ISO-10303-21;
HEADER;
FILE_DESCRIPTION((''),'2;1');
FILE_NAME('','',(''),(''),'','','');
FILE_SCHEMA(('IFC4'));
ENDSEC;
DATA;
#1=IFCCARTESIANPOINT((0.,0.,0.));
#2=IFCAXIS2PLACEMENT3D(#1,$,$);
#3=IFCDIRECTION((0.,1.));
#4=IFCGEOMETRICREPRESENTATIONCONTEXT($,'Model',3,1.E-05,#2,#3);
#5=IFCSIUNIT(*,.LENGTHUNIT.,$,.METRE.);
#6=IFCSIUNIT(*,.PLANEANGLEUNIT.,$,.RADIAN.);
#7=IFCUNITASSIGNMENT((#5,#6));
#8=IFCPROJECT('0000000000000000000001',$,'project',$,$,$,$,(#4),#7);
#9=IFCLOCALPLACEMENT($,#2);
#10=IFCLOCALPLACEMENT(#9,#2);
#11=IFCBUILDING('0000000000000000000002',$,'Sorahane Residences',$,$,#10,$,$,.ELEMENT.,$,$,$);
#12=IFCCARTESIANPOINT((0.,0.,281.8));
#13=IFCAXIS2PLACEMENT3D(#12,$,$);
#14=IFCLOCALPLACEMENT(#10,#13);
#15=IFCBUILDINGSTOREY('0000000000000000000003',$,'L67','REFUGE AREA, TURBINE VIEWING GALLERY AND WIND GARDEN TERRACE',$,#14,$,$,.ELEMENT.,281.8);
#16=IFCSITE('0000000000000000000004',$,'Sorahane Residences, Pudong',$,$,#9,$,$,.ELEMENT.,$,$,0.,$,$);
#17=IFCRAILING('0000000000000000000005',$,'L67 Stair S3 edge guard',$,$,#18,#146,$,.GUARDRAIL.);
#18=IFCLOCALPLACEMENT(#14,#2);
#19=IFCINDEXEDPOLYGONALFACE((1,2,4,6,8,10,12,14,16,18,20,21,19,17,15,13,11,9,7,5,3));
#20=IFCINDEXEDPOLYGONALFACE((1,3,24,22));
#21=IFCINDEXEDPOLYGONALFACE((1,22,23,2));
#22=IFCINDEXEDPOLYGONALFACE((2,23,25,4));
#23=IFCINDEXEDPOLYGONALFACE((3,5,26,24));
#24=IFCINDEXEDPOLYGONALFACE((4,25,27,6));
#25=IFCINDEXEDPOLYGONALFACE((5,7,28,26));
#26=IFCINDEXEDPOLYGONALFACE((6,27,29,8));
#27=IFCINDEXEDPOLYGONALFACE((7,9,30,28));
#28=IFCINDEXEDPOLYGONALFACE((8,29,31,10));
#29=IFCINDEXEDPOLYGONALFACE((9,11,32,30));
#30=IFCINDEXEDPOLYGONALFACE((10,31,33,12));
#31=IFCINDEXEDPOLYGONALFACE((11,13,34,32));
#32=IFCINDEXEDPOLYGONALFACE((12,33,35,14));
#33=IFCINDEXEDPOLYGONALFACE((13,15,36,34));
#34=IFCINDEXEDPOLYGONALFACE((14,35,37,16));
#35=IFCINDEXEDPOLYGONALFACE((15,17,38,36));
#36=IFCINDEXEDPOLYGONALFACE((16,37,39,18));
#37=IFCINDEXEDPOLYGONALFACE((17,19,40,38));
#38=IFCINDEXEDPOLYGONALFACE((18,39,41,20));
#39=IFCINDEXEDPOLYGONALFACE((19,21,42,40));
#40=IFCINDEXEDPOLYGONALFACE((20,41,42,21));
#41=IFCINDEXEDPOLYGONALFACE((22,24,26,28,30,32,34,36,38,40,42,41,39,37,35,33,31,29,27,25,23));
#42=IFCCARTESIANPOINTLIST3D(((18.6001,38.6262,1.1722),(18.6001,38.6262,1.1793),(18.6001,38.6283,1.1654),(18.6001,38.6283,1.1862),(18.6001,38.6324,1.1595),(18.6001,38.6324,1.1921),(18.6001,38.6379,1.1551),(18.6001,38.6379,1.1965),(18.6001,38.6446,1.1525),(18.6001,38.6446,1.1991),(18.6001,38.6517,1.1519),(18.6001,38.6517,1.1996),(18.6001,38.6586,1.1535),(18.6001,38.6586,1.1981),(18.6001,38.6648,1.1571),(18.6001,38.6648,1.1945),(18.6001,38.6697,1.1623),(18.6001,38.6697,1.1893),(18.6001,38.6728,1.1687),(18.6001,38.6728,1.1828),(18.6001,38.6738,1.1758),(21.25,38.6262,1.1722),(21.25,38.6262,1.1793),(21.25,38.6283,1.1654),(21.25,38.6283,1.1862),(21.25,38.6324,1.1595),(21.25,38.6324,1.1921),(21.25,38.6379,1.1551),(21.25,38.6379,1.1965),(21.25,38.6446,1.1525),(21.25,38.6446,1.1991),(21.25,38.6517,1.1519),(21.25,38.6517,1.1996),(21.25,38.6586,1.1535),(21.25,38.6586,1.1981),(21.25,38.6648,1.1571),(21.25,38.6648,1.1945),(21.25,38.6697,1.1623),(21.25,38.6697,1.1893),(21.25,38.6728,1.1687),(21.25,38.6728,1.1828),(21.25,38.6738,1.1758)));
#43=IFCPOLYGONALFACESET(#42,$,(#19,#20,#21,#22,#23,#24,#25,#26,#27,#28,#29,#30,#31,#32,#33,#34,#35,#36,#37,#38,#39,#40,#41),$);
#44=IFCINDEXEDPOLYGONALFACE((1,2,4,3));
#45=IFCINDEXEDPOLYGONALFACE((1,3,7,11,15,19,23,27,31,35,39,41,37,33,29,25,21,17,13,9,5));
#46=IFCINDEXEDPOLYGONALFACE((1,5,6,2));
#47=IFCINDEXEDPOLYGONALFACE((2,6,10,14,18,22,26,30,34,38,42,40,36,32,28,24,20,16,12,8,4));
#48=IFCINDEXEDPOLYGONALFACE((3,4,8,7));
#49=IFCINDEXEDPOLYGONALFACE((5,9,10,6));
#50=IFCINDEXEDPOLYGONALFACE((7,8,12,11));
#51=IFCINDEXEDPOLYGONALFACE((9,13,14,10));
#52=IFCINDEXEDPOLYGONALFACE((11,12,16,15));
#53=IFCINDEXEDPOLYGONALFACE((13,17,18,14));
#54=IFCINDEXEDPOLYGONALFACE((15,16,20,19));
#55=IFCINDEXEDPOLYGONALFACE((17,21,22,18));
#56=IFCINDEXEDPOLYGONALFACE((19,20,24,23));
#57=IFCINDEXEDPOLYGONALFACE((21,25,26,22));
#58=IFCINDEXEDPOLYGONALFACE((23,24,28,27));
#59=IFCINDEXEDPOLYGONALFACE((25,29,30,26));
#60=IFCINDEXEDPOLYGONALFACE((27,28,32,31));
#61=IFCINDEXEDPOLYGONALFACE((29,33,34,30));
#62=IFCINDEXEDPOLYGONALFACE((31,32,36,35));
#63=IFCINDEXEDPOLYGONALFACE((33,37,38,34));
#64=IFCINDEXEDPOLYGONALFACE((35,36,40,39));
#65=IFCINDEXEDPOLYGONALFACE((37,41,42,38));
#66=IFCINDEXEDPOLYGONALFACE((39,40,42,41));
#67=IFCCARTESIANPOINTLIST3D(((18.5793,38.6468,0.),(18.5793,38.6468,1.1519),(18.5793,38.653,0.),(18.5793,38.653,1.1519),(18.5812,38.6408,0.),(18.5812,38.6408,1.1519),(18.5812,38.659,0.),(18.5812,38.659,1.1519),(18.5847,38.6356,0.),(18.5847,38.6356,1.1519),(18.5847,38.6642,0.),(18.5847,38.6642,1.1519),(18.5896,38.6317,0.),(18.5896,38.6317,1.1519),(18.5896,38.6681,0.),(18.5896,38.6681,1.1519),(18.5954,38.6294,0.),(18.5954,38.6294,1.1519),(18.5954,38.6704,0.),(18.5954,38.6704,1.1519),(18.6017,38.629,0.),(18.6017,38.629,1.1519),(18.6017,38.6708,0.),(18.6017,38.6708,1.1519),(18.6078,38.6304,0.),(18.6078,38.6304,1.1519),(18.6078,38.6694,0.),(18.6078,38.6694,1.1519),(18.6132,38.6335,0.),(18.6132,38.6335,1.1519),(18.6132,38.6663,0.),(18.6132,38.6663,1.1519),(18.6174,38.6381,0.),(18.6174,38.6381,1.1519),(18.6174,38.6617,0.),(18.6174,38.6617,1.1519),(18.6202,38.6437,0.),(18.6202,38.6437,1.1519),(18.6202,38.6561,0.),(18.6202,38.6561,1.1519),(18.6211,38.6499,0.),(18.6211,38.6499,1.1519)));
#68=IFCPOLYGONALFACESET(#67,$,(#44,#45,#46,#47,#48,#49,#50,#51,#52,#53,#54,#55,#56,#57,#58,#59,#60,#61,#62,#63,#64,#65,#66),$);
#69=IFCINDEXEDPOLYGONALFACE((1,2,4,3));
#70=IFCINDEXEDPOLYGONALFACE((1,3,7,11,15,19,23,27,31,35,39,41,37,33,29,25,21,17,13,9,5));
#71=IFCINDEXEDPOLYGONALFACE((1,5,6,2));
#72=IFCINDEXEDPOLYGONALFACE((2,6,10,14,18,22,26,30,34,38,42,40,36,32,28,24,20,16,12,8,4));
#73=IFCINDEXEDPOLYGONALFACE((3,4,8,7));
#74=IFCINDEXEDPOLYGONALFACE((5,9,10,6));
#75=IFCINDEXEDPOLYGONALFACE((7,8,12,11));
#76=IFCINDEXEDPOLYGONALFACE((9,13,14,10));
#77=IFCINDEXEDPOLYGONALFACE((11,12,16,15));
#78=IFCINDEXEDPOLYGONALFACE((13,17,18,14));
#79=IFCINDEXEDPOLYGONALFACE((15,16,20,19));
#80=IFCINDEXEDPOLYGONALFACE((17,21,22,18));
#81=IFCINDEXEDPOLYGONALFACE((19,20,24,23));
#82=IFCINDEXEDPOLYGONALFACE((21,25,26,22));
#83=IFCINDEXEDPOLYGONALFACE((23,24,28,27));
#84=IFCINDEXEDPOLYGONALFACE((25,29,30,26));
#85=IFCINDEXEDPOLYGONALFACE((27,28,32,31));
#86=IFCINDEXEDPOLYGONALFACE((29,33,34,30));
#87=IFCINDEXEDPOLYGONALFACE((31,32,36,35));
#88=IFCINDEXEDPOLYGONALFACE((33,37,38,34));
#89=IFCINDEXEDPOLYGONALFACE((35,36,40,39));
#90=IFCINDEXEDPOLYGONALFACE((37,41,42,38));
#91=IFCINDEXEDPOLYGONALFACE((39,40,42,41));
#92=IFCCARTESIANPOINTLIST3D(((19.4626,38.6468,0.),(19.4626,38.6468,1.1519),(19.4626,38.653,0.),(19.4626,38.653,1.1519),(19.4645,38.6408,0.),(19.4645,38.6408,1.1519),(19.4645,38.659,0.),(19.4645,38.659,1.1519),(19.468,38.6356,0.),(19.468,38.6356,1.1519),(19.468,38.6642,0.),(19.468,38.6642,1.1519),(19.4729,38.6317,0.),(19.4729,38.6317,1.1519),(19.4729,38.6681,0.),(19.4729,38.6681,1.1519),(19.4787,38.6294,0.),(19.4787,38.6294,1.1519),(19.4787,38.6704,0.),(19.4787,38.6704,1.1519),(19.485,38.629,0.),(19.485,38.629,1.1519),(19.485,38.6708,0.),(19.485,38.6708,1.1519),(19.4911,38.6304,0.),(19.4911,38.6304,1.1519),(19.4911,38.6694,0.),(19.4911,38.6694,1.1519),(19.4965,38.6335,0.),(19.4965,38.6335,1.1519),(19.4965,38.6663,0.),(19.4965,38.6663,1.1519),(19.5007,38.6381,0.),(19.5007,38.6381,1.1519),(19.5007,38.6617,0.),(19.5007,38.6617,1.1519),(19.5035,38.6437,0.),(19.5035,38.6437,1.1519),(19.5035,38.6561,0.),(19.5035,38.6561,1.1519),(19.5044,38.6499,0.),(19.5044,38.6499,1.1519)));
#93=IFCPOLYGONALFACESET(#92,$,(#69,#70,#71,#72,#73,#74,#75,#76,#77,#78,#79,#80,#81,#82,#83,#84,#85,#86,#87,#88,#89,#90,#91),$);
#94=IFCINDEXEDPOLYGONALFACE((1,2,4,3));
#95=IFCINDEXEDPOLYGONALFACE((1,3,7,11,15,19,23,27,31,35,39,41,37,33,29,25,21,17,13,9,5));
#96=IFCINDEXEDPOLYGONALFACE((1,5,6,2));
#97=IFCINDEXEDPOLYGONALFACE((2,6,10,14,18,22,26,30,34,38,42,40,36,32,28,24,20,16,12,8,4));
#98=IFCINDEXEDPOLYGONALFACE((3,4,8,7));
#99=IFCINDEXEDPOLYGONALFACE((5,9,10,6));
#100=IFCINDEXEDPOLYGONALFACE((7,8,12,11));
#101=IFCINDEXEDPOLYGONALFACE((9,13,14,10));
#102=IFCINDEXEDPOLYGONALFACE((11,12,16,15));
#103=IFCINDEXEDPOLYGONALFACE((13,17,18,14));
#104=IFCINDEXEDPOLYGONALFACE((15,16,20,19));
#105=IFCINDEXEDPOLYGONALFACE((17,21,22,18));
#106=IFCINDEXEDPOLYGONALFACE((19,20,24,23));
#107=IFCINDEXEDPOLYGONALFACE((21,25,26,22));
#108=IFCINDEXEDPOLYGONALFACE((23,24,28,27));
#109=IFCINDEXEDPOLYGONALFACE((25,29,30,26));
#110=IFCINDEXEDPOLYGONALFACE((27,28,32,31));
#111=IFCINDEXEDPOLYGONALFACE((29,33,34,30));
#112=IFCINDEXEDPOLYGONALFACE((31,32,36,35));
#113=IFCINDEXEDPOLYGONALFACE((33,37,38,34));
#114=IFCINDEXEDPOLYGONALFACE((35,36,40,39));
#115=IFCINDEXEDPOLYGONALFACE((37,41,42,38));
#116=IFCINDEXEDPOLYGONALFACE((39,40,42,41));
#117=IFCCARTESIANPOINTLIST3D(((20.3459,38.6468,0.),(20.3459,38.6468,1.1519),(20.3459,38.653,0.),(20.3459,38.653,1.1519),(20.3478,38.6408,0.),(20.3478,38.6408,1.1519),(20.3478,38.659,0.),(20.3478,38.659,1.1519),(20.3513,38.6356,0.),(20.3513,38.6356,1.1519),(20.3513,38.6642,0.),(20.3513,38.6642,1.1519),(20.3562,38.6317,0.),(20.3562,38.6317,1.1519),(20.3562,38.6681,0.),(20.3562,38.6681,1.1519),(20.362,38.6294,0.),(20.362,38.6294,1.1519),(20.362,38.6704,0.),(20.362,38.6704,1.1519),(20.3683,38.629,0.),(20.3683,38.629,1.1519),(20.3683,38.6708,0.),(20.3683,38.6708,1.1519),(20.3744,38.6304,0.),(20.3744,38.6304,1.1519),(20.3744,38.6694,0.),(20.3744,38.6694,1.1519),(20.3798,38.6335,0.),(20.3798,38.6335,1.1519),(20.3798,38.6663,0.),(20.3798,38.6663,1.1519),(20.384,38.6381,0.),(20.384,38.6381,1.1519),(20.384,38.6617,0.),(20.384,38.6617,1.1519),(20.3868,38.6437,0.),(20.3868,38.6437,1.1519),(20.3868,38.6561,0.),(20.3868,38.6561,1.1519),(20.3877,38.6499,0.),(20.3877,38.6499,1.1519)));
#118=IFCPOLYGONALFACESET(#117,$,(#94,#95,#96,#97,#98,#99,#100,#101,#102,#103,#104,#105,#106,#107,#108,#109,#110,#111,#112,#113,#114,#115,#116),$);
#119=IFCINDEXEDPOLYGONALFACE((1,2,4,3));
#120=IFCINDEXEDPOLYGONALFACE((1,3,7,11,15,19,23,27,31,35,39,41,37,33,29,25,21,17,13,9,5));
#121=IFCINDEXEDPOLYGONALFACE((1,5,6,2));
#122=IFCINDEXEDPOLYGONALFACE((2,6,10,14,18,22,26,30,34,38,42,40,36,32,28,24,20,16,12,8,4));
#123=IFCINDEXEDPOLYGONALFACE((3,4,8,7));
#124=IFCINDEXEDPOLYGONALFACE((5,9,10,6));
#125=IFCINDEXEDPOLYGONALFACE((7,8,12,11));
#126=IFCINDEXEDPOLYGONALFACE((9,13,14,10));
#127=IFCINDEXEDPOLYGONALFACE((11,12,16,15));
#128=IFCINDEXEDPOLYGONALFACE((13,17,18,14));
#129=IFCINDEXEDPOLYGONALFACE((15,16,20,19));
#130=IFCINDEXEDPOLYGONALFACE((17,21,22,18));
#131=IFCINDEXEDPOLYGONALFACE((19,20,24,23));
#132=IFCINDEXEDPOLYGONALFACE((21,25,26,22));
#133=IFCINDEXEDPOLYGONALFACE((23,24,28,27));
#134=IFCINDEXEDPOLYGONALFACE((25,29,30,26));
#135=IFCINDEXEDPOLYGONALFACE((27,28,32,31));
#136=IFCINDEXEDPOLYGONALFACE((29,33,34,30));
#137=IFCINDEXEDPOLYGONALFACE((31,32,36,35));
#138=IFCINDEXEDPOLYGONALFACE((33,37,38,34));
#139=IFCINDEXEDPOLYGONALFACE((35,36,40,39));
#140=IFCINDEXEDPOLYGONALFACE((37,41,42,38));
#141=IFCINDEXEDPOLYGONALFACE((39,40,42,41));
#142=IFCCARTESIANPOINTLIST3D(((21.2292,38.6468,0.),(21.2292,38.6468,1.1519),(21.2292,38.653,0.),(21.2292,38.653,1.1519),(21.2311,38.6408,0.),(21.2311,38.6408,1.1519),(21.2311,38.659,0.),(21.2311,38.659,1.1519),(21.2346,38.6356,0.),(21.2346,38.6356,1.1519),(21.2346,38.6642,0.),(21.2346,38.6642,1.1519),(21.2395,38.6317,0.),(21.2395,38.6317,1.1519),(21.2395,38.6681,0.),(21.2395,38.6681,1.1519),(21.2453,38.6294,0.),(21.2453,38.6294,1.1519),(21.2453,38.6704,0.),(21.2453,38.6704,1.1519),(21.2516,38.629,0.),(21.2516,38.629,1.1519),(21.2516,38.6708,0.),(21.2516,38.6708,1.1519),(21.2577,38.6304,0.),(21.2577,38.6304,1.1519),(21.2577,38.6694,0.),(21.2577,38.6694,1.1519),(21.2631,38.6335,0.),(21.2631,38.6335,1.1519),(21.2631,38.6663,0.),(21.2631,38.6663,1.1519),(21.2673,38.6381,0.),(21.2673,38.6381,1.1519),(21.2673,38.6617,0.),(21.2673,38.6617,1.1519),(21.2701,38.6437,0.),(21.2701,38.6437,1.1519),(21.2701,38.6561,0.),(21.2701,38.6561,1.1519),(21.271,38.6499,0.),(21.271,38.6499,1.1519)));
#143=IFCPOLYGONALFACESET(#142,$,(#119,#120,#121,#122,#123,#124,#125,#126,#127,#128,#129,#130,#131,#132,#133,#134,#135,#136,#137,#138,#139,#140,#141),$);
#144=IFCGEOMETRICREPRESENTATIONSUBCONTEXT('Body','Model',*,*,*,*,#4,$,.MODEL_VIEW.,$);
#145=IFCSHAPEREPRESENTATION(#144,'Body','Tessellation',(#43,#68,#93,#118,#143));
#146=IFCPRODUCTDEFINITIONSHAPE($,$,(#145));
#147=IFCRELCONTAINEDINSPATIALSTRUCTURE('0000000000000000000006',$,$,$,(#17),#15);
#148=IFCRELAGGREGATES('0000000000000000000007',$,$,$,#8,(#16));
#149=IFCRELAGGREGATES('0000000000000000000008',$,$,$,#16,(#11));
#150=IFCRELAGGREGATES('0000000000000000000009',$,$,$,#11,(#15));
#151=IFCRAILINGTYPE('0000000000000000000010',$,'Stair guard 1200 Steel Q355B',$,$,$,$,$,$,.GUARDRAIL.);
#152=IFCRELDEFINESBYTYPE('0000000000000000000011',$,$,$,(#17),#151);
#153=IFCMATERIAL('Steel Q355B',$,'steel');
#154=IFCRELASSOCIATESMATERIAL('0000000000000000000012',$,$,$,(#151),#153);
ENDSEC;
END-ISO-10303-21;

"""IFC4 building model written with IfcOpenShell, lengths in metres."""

from ifc_helpers import new_model, si_unit, direction, frame, origin, origin_2d, place, context, subcontext, project, spatial, circle, extrude, material, type_object, element, save


model = new_model("IFC4")

# Units and contexts
model_context = context("Model", 3, precision=1e-05, world=origin(), true_north=direction((0.0, 1.0)))
body_context = subcontext(model_context, "Body", "Model", "MODEL_VIEW")
ifc_project = project(units=[si_unit("LENGTHUNIT", "METRE"), si_unit("PLANEANGLEUNIT", "RADIAN")], contexts=[model_context])

# Site, building, storey
site_placement = place(None, origin())
site = spatial("IfcSite", under=ifc_project, at=site_placement, Name="Sorahane Residences, Pudong", CompositionType="ELEMENT", RefElevation=0.0)
building_placement = place(site_placement, origin())
building = spatial("IfcBuilding", under=site, at=building_placement, Name="Sorahane Residences", CompositionType="ELEMENT")
storey_placement = place(building_placement, frame((0.0, 0.0, 281.8)))
storey = spatial("IfcBuildingStorey", under=building, at=storey_placement, Name="L67", Description="REFUGE AREA, TURBINE VIEWING GALLERY AND WIND GARDEN TERRACE", CompositionType="ELEMENT", Elevation=281.8)

# Railing
ifc_material_1 = material(Name="Steel Q355B", Category="steel")
railing_type = type_object("IfcRailingType", Name="Stair guard 1200 Steel Q355B", PredefinedType="GUARDRAIL", material=ifc_material_1)
railing_1_placement = place(storey_placement, frame((18.6001, 38.6499, 0.0)))
element("IfcRailing", 1, at=railing_1_placement, inside=storey, type_object=railing_type, Name="L67 Stair S3 edge guard", PredefinedType="GUARDRAIL", context=body_context, shape_type="SweptSolid", body=[
    extrude(circle(Radius=0.0239, at=origin_2d()), frame((0.0, 0.0, 1.1758), z_axis=(1.0, 0.0, 0.0), x_axis=(0.0, 1.0, 0.0)), (0.0, 0.0, 1.0), 2.6499),
    extrude(circle(Radius=0.021, at=origin_2d()), origin(), (0.0, 0.0, 1.0), 1.1519),
    extrude(circle(Radius=0.021, at=origin_2d()), frame((0.8833, 0.0, 0.0)), (0.0, 0.0, 1.0), 1.1519),
    extrude(circle(Radius=0.021, at=origin_2d()), frame((1.7666, 0.0, 0.0)), (0.0, 0.0, 1.0), 1.1519),
    extrude(circle(Radius=0.021, at=origin_2d()), frame((2.6499, 0.0, 0.0)), (0.0, 0.0, 1.0), 1.1519),
])

save(model, "model.ifc")
